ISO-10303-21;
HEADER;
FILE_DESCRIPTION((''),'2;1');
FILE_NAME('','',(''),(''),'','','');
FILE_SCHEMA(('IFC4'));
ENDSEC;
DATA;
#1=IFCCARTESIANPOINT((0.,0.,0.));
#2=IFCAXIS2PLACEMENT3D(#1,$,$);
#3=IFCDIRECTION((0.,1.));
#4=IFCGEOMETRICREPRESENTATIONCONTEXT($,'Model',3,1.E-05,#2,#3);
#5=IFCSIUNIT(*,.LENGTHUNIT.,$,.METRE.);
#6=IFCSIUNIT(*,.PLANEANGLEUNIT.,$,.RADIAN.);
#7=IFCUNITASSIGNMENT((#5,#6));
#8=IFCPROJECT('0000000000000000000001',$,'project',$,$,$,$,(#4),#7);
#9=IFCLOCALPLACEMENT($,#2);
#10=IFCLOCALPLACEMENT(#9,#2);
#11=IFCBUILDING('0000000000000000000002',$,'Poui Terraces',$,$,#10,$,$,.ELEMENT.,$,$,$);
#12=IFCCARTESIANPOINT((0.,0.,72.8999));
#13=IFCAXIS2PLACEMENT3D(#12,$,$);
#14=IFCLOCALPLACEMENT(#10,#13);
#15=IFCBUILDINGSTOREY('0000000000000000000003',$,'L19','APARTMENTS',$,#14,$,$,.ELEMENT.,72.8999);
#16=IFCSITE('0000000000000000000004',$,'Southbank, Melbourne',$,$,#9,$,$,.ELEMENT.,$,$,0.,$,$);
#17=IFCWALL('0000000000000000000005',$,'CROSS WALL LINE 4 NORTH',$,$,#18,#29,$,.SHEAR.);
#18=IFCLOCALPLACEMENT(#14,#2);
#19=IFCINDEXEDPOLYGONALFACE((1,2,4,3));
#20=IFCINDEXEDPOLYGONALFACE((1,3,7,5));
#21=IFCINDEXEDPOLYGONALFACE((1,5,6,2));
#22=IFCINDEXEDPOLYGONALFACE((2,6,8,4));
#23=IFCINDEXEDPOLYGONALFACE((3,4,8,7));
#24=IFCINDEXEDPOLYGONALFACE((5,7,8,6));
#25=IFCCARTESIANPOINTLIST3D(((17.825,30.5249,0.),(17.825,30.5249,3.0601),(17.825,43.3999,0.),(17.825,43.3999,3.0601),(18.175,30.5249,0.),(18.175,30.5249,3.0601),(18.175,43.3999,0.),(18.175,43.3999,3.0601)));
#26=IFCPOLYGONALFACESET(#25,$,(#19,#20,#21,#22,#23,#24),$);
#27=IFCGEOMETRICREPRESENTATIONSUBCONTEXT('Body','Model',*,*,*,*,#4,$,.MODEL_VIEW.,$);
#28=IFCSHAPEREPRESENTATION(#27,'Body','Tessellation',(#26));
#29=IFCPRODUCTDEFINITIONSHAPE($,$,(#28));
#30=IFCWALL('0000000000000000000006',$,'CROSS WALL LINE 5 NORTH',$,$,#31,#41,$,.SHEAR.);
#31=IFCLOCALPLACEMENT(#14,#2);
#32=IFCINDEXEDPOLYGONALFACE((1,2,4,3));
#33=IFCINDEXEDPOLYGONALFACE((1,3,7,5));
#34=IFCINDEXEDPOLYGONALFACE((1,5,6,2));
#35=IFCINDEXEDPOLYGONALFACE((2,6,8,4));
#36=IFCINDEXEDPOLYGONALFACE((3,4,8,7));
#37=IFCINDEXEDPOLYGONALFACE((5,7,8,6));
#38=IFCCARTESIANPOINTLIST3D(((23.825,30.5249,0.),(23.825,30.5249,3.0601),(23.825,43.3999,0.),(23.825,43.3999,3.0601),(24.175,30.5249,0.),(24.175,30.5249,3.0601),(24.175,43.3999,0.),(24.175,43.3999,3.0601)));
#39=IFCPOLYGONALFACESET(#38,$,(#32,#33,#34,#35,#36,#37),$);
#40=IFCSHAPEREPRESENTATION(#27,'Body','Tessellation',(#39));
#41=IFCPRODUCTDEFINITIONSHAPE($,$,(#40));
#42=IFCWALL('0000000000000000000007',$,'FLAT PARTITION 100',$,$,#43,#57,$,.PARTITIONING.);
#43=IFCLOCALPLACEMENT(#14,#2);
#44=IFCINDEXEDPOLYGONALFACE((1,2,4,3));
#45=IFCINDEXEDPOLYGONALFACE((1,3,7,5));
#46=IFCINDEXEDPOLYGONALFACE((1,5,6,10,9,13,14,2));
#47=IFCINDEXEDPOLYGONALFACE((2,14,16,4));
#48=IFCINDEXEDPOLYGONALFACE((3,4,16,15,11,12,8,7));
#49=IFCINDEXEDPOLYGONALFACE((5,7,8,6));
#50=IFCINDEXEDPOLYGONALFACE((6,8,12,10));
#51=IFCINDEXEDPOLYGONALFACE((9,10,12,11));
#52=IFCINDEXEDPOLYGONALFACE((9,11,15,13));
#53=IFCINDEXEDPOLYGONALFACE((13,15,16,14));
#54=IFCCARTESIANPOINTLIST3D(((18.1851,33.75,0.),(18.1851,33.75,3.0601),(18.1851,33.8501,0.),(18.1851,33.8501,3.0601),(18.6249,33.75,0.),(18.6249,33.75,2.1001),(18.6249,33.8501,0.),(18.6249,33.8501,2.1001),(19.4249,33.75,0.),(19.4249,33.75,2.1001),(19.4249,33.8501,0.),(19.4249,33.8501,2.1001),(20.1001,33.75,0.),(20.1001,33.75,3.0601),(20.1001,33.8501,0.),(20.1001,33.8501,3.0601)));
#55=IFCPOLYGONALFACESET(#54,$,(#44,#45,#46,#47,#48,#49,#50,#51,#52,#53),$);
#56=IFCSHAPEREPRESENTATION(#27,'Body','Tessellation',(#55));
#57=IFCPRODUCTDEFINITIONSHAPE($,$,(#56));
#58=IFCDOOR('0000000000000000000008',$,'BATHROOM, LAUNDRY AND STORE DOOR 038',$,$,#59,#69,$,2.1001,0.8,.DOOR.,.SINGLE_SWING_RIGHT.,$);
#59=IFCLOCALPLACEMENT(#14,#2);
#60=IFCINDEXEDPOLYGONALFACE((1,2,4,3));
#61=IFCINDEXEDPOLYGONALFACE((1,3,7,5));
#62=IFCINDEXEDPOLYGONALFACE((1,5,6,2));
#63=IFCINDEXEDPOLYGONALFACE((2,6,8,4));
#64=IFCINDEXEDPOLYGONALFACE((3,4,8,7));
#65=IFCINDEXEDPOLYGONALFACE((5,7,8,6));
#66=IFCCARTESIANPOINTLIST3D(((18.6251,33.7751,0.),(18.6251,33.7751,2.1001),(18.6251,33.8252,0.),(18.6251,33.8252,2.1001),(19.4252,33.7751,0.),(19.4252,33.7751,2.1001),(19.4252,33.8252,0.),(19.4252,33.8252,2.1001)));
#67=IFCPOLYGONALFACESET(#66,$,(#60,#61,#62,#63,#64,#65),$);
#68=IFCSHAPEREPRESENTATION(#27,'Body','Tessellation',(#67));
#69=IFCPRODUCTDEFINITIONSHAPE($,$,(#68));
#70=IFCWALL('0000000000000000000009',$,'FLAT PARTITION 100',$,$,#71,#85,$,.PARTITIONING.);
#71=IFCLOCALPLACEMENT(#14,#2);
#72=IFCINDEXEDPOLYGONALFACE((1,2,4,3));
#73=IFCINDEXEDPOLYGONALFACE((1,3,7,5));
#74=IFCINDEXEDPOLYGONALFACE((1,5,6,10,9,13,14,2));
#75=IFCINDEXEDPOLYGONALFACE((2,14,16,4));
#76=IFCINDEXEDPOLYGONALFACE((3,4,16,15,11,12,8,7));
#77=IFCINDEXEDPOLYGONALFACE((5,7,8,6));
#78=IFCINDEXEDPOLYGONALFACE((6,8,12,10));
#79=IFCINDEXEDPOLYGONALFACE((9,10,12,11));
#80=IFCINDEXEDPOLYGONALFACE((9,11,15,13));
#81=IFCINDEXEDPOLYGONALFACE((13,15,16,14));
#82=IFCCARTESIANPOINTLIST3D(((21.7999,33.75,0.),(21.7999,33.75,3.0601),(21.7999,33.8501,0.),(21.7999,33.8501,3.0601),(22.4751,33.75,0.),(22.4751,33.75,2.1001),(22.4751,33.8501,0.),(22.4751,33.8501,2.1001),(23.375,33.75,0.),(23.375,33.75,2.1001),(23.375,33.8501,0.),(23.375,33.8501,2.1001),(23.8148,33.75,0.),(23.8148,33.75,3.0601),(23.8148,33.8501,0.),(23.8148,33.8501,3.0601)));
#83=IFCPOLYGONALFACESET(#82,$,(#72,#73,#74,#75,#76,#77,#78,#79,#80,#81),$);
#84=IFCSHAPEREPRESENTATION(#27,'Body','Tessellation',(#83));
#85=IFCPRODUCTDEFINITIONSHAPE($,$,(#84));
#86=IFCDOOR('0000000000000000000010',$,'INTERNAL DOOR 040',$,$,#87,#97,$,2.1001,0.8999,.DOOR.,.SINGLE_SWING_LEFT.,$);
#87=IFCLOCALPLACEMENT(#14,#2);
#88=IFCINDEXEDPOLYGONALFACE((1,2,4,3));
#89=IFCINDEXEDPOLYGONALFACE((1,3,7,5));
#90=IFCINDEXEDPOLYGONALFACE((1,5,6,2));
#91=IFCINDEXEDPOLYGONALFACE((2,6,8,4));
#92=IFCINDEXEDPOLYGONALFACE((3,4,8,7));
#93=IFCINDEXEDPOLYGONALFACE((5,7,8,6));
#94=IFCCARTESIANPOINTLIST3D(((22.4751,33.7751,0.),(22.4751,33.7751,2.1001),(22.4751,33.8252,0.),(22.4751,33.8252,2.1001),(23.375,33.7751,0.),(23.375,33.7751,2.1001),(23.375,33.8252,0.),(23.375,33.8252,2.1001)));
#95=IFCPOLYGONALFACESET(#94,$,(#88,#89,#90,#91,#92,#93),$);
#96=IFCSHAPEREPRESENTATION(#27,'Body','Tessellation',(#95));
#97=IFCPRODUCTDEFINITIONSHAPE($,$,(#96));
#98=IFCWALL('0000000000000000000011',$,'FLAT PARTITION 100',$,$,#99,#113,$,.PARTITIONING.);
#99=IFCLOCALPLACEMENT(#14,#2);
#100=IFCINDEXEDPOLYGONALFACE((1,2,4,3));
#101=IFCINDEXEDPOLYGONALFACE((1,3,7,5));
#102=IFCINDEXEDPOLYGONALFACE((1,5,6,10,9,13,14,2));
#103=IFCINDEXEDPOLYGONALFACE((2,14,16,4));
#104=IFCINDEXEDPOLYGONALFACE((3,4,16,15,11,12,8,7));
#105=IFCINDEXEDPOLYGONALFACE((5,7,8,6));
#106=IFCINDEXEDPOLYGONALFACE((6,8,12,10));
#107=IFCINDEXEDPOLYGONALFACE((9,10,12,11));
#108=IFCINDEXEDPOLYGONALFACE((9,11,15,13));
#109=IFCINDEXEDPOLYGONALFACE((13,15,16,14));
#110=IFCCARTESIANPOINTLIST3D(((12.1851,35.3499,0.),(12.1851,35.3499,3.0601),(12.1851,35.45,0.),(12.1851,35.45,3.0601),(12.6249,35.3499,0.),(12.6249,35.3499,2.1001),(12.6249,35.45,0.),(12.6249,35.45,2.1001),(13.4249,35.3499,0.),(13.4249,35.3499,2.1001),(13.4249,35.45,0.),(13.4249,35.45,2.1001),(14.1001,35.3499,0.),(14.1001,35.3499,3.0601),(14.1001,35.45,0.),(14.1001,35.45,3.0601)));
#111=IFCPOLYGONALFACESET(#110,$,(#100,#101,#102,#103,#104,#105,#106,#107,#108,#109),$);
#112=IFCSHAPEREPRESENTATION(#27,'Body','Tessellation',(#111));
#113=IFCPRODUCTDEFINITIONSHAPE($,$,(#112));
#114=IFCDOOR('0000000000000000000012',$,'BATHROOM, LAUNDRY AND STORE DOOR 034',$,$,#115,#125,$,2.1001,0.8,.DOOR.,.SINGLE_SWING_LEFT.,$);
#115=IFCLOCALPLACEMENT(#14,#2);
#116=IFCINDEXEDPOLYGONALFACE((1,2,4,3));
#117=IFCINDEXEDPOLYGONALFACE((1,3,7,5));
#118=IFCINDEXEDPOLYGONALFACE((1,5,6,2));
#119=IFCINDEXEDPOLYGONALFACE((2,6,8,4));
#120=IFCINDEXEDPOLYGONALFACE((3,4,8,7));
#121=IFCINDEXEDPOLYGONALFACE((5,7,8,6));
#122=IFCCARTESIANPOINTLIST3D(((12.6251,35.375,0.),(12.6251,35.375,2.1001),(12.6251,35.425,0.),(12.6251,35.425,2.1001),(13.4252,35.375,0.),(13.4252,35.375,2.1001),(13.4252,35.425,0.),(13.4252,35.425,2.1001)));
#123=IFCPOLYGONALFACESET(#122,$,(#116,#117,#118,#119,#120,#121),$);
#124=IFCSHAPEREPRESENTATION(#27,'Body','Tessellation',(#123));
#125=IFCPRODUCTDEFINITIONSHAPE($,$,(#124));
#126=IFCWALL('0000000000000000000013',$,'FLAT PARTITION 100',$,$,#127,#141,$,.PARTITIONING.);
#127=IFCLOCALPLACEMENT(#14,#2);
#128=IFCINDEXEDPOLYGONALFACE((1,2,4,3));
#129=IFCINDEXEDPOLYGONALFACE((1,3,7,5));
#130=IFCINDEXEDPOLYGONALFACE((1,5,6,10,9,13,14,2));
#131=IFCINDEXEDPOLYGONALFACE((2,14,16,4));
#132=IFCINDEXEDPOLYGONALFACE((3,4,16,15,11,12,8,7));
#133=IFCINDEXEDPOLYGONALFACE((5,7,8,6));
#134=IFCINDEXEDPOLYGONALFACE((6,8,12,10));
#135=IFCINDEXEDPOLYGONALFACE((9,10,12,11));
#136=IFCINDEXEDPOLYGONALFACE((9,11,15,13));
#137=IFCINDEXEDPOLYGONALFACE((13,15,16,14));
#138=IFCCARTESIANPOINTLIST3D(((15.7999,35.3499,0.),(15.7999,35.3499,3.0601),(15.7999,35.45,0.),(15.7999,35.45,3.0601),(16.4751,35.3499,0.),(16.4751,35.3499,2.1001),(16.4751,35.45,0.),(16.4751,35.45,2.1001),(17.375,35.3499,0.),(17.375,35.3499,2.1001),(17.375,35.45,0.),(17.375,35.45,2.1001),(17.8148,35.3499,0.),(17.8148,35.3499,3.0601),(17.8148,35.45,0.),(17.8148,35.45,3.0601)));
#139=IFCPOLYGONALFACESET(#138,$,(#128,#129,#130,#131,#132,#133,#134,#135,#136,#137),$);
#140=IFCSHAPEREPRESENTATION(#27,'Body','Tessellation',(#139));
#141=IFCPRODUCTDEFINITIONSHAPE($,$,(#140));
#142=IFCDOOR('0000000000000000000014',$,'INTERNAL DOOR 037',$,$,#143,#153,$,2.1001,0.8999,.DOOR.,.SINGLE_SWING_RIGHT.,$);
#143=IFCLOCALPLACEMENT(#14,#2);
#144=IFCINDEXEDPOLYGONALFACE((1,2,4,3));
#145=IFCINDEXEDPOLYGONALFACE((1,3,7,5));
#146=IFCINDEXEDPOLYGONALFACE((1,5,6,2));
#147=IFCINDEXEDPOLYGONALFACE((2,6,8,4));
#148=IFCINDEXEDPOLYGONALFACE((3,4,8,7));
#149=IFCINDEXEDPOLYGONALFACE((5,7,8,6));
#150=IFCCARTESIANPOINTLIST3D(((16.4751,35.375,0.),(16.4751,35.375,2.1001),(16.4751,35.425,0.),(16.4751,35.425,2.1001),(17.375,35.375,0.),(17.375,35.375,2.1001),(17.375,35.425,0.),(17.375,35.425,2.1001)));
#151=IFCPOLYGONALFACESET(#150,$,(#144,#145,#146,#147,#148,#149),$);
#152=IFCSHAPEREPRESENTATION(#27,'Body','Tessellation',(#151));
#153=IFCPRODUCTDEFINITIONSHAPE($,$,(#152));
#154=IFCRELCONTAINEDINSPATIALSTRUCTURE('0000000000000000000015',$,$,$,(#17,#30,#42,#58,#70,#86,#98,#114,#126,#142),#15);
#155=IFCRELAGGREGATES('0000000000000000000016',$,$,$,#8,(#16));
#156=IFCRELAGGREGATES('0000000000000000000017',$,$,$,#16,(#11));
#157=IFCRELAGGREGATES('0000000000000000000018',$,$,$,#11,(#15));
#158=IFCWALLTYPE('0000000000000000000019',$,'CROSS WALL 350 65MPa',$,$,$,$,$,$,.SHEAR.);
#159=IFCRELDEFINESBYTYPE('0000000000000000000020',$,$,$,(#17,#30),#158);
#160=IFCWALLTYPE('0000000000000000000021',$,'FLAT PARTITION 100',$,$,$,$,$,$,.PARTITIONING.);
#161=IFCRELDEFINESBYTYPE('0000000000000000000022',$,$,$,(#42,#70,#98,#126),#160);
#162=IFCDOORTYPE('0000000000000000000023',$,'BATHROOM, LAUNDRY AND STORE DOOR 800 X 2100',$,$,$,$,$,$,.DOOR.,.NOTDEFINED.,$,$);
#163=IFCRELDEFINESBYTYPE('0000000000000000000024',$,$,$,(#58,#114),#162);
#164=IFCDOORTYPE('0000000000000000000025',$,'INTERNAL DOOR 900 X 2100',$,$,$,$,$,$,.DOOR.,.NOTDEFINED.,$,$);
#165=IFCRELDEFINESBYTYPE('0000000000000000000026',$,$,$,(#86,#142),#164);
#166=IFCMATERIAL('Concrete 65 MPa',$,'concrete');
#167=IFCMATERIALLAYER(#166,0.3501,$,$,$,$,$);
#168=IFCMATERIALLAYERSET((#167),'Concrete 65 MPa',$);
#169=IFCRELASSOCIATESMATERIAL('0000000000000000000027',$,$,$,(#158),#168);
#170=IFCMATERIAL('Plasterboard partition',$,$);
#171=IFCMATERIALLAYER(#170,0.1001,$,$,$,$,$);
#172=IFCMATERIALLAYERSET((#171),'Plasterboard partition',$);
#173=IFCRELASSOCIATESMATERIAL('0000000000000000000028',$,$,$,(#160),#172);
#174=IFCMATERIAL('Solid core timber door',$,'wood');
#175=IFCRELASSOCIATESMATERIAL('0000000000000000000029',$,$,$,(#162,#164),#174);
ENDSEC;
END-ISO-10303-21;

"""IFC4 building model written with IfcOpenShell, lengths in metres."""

from ifc_helpers import new_model, si_unit, direction, frame, frame_2d, origin, place, context, subcontext, project, spatial, rectangle, extrude, material, layer, layer_set, type_object, element, fill, save


model = new_model("IFC4")

# Units and contexts
model_context = context("Model", 3, precision=1e-05, world=origin(), true_north=direction((0.0, 1.0)))
body_context = subcontext(model_context, "Body", "Model", "MODEL_VIEW")
ifc_project = project(units=[si_unit("LENGTHUNIT", "METRE"), si_unit("PLANEANGLEUNIT", "RADIAN")], contexts=[model_context])

# Site, building, storey
site_placement = place(None, origin())
site = spatial("IfcSite", under=ifc_project, at=site_placement, Name="Southbank, Melbourne", CompositionType="ELEMENT", RefElevation=0.0)
building_placement = place(site_placement, origin())
building = spatial("IfcBuilding", under=site, at=building_placement, Name="Poui Terraces", CompositionType="ELEMENT")
storey_placement = place(building_placement, frame((0.0, 0.0, 72.8999)))
storey = spatial("IfcBuildingStorey", under=building, at=storey_placement, Name="L19", Description="APARTMENTS", CompositionType="ELEMENT", Elevation=72.8999)

# Walls
ifc_material_1 = material(Name="Concrete 65 MPa", Category="concrete")
ifc_layer_1 = layer(ifc_material_1, 0.3501)
ifc_layer_set_1 = layer_set([ifc_layer_1], Name="Concrete 65 MPa")
wall_type_1 = type_object("IfcWallType", Name="CROSS WALL 350 65MPa", PredefinedType="SHEAR", material=ifc_layer_set_1)
for number, where, z_axis, x_axis, name in (
    (1, (18.0, 30.5249, 0.0), (0.0, 0.0, 1.0), (0.0, 1.0, 0.0), "CROSS WALL LINE 4 NORTH"),
    (2, (24.0, 30.5249, 0.0), (0.0, 0.0, 1.0), (0.0, 1.0, 0.0), "CROSS WALL LINE 5 NORTH"),
):
    element("IfcWall", number, at=place(storey_placement, frame(where, z_axis=z_axis, x_axis=x_axis)), inside=storey, type_object=wall_type_1, Name=name, PredefinedType="SHEAR", context=body_context, shape_type="SweptSolid", body=[
        extrude(rectangle(XDim=12.875, YDim=0.3501, at=frame_2d((6.4375, 0.0))), origin(), (0.0, 0.0, 1.0), 3.0601),
    ])

# Walls, openings, doors
ifc_material_2 = material(Name="Plasterboard partition")
ifc_layer_2 = layer(ifc_material_2, 0.1001)
ifc_layer_set_2 = layer_set([ifc_layer_2], Name="Plasterboard partition")
wall_type_2 = type_object("IfcWallType", Name="FLAT PARTITION 100", PredefinedType="PARTITIONING", material=ifc_layer_set_2)
wall_1_placement = place(storey_placement, frame((18.1851, 33.8, 0.0), z_axis=(0.0, 0.0, 1.0), x_axis=(1.0, 0.0, 0.0)))
wall_1 = element("IfcWall", 3, at=wall_1_placement, inside=storey, type_object=wall_type_2, Name="FLAT PARTITION 100", PredefinedType="PARTITIONING", context=body_context, shape_type="SweptSolid", body=[
    extrude(rectangle(XDim=1.915, YDim=0.1001, at=frame_2d((0.9575, 0.0))), origin(), (0.0, 0.0, 1.0), 3.0601),
])
opening_1_placement = place(wall_1_placement, frame((0.4399, 0.0, 0.0)))
opening_1 = element("IfcOpeningElement", 4, at=opening_1_placement, cuts=wall_1, PredefinedType="OPENING", context=body_context, shape_type="SweptSolid", body=[
    extrude(rectangle(XDim=0.8, YDim=2.1001, at=frame_2d((0.3999, 1.05))), frame((0.0, 0.0601, 0.0), z_axis=(0.0, -1.0, 0.0), x_axis=(1.0, 0.0, 0.0)), (0.0, 0.0, 1.0), 0.1201),
])
ifc_material_3 = material(Name="Solid core timber door", Category="wood")
door_type_1 = type_object("IfcDoorType", Name="BATHROOM, LAUNDRY AND STORE DOOR 800 X 2100", OperationType="NOTDEFINED", PredefinedType="DOOR", material=ifc_material_3)
door_1_placement = place(opening_1_placement, frame((0.8, 0.0, 0.0), z_axis=(0.0, 0.0, 1.0), x_axis=(-1.0, 0.0, 0.0)))
door_1 = element("IfcDoor", 5, at=door_1_placement, inside=storey, type_object=door_type_1, Name="BATHROOM, LAUNDRY AND STORE DOOR 038", OperationType="SINGLE_SWING_RIGHT", OverallHeight=2.1001, OverallWidth=0.8, PredefinedType="DOOR", context=body_context, shape_type="SweptSolid", body=[
    extrude(rectangle(XDim=0.8, YDim=2.1001, at=frame_2d((0.3999, 1.05))), frame((0.0, 0.0249, 0.0), z_axis=(0.0, -1.0, 0.0), x_axis=(1.0, 0.0, 0.0)), (0.0, 0.0, 1.0), 0.05),
])
fill(opening_1, door_1)
wall_2_placement = place(storey_placement, frame((21.8, 33.8, 0.0), z_axis=(0.0, 0.0, 1.0), x_axis=(1.0, 0.0, 0.0)))
wall_2 = element("IfcWall", 6, at=wall_2_placement, inside=storey, type_object=wall_type_2, Name="FLAT PARTITION 100", PredefinedType="PARTITIONING", context=body_context, shape_type="SweptSolid", body=[
    extrude(rectangle(XDim=2.0149, YDim=0.1001, at=frame_2d((1.0073, 0.0))), origin(), (0.0, 0.0, 1.0), 3.0601),
])
opening_2_placement = place(wall_2_placement, frame((0.675, 0.0, 0.0)))
opening_2 = element("IfcOpeningElement", 7, at=opening_2_placement, cuts=wall_2, PredefinedType="OPENING", context=body_context, shape_type="SweptSolid", body=[
    extrude(rectangle(XDim=0.8999, YDim=2.1001, at=frame_2d((0.45, 1.05))), frame((0.0, 0.0601, 0.0), z_axis=(0.0, -1.0, 0.0), x_axis=(1.0, 0.0, 0.0)), (0.0, 0.0, 1.0), 0.1201),
])
door_type_2 = type_object("IfcDoorType", Name="INTERNAL DOOR 900 X 2100", OperationType="NOTDEFINED", PredefinedType="DOOR", material=ifc_material_3)
door_2_placement = place(opening_2_placement, frame((0.8999, 0.0, 0.0), z_axis=(0.0, 0.0, 1.0), x_axis=(-1.0, 0.0, 0.0)))
door_2 = element("IfcDoor", 8, at=door_2_placement, inside=storey, type_object=door_type_2, Name="INTERNAL DOOR 040", OperationType="SINGLE_SWING_LEFT", OverallHeight=2.1001, OverallWidth=0.8999, PredefinedType="DOOR", context=body_context, shape_type="SweptSolid", body=[
    extrude(rectangle(XDim=0.8999, YDim=2.1001, at=frame_2d((0.45, 1.05))), frame((0.0, 0.0249, 0.0), z_axis=(0.0, -1.0, 0.0), x_axis=(1.0, 0.0, 0.0)), (0.0, 0.0, 1.0), 0.05),
])
fill(opening_2, door_2)
wall_3_placement = place(storey_placement, frame((12.1851, 35.3999, 0.0), z_axis=(0.0, 0.0, 1.0), x_axis=(1.0, 0.0, 0.0)))
wall_3 = element("IfcWall", 9, at=wall_3_placement, inside=storey, type_object=wall_type_2, Name="FLAT PARTITION 100", PredefinedType="PARTITIONING", context=body_context, shape_type="SweptSolid", body=[
    extrude(rectangle(XDim=1.915, YDim=0.1001, at=frame_2d((0.9575, 0.0))), origin(), (0.0, 0.0, 1.0), 3.0601),
])
opening_3_placement = place(wall_3_placement, frame((0.4399, 0.0, 0.0)))
opening_3 = element("IfcOpeningElement", 10, at=opening_3_placement, cuts=wall_3, PredefinedType="OPENING", context=body_context, shape_type="SweptSolid", body=[
    extrude(rectangle(XDim=0.8, YDim=2.1001, at=frame_2d((0.3999, 1.05))), frame((0.0, 0.0601, 0.0), z_axis=(0.0, -1.0, 0.0), x_axis=(1.0, 0.0, 0.0)), (0.0, 0.0, 1.0), 0.1201),
])
door_3_placement = place(opening_3_placement, frame((0.8, 0.0, 0.0), z_axis=(0.0, 0.0, 1.0), x_axis=(-1.0, 0.0, 0.0)))
door_3 = element("IfcDoor", 11, at=door_3_placement, inside=storey, type_object=door_type_1, Name="BATHROOM, LAUNDRY AND STORE DOOR 034", OperationType="SINGLE_SWING_LEFT", OverallHeight=2.1001, OverallWidth=0.8, PredefinedType="DOOR", context=body_context, shape_type="SweptSolid", body=[
    extrude(rectangle(XDim=0.8, YDim=2.1001, at=frame_2d((0.3999, 1.05))), frame((0.0, 0.0249, 0.0), z_axis=(0.0, -1.0, 0.0), x_axis=(1.0, 0.0, 0.0)), (0.0, 0.0, 1.0), 0.05),
])
fill(opening_3, door_3)
wall_4_placement = place(storey_placement, frame((15.8, 35.3999, 0.0), z_axis=(0.0, 0.0, 1.0), x_axis=(1.0, 0.0, 0.0)))
wall_4 = element("IfcWall", 12, at=wall_4_placement, inside=storey, type_object=wall_type_2, Name="FLAT PARTITION 100", PredefinedType="PARTITIONING", context=body_context, shape_type="SweptSolid", body=[
    extrude(rectangle(XDim=2.0149, YDim=0.1001, at=frame_2d((1.0073, 0.0))), origin(), (0.0, 0.0, 1.0), 3.0601),
])
opening_4_placement = place(wall_4_placement, frame((0.675, 0.0, 0.0)))
opening_4 = element("IfcOpeningElement", 13, at=opening_4_placement, cuts=wall_4, PredefinedType="OPENING", context=body_context, shape_type="SweptSolid", body=[
    extrude(rectangle(XDim=0.8999, YDim=2.1001, at=frame_2d((0.45, 1.05))), frame((0.0, 0.0601, 0.0), z_axis=(0.0, -1.0, 0.0), x_axis=(1.0, 0.0, 0.0)), (0.0, 0.0, 1.0), 0.1201),
])
door_4_placement = place(opening_4_placement, frame((0.8999, 0.0, 0.0), z_axis=(0.0, 0.0, 1.0), x_axis=(-1.0, 0.0, 0.0)))
door_4 = element("IfcDoor", 14, at=door_4_placement, inside=storey, type_object=door_type_2, Name="INTERNAL DOOR 037", OperationType="SINGLE_SWING_RIGHT", OverallHeight=2.1001, OverallWidth=0.8999, PredefinedType="DOOR", context=body_context, shape_type="SweptSolid", body=[
    extrude(rectangle(XDim=0.8999, YDim=2.1001, at=frame_2d((0.45, 1.05))), frame((0.0, 0.0249, 0.0), z_axis=(0.0, -1.0, 0.0), x_axis=(1.0, 0.0, 0.0)), (0.0, 0.0, 1.0), 0.05),
])
fill(opening_4, door_4)

save(model, "model.ifc")
